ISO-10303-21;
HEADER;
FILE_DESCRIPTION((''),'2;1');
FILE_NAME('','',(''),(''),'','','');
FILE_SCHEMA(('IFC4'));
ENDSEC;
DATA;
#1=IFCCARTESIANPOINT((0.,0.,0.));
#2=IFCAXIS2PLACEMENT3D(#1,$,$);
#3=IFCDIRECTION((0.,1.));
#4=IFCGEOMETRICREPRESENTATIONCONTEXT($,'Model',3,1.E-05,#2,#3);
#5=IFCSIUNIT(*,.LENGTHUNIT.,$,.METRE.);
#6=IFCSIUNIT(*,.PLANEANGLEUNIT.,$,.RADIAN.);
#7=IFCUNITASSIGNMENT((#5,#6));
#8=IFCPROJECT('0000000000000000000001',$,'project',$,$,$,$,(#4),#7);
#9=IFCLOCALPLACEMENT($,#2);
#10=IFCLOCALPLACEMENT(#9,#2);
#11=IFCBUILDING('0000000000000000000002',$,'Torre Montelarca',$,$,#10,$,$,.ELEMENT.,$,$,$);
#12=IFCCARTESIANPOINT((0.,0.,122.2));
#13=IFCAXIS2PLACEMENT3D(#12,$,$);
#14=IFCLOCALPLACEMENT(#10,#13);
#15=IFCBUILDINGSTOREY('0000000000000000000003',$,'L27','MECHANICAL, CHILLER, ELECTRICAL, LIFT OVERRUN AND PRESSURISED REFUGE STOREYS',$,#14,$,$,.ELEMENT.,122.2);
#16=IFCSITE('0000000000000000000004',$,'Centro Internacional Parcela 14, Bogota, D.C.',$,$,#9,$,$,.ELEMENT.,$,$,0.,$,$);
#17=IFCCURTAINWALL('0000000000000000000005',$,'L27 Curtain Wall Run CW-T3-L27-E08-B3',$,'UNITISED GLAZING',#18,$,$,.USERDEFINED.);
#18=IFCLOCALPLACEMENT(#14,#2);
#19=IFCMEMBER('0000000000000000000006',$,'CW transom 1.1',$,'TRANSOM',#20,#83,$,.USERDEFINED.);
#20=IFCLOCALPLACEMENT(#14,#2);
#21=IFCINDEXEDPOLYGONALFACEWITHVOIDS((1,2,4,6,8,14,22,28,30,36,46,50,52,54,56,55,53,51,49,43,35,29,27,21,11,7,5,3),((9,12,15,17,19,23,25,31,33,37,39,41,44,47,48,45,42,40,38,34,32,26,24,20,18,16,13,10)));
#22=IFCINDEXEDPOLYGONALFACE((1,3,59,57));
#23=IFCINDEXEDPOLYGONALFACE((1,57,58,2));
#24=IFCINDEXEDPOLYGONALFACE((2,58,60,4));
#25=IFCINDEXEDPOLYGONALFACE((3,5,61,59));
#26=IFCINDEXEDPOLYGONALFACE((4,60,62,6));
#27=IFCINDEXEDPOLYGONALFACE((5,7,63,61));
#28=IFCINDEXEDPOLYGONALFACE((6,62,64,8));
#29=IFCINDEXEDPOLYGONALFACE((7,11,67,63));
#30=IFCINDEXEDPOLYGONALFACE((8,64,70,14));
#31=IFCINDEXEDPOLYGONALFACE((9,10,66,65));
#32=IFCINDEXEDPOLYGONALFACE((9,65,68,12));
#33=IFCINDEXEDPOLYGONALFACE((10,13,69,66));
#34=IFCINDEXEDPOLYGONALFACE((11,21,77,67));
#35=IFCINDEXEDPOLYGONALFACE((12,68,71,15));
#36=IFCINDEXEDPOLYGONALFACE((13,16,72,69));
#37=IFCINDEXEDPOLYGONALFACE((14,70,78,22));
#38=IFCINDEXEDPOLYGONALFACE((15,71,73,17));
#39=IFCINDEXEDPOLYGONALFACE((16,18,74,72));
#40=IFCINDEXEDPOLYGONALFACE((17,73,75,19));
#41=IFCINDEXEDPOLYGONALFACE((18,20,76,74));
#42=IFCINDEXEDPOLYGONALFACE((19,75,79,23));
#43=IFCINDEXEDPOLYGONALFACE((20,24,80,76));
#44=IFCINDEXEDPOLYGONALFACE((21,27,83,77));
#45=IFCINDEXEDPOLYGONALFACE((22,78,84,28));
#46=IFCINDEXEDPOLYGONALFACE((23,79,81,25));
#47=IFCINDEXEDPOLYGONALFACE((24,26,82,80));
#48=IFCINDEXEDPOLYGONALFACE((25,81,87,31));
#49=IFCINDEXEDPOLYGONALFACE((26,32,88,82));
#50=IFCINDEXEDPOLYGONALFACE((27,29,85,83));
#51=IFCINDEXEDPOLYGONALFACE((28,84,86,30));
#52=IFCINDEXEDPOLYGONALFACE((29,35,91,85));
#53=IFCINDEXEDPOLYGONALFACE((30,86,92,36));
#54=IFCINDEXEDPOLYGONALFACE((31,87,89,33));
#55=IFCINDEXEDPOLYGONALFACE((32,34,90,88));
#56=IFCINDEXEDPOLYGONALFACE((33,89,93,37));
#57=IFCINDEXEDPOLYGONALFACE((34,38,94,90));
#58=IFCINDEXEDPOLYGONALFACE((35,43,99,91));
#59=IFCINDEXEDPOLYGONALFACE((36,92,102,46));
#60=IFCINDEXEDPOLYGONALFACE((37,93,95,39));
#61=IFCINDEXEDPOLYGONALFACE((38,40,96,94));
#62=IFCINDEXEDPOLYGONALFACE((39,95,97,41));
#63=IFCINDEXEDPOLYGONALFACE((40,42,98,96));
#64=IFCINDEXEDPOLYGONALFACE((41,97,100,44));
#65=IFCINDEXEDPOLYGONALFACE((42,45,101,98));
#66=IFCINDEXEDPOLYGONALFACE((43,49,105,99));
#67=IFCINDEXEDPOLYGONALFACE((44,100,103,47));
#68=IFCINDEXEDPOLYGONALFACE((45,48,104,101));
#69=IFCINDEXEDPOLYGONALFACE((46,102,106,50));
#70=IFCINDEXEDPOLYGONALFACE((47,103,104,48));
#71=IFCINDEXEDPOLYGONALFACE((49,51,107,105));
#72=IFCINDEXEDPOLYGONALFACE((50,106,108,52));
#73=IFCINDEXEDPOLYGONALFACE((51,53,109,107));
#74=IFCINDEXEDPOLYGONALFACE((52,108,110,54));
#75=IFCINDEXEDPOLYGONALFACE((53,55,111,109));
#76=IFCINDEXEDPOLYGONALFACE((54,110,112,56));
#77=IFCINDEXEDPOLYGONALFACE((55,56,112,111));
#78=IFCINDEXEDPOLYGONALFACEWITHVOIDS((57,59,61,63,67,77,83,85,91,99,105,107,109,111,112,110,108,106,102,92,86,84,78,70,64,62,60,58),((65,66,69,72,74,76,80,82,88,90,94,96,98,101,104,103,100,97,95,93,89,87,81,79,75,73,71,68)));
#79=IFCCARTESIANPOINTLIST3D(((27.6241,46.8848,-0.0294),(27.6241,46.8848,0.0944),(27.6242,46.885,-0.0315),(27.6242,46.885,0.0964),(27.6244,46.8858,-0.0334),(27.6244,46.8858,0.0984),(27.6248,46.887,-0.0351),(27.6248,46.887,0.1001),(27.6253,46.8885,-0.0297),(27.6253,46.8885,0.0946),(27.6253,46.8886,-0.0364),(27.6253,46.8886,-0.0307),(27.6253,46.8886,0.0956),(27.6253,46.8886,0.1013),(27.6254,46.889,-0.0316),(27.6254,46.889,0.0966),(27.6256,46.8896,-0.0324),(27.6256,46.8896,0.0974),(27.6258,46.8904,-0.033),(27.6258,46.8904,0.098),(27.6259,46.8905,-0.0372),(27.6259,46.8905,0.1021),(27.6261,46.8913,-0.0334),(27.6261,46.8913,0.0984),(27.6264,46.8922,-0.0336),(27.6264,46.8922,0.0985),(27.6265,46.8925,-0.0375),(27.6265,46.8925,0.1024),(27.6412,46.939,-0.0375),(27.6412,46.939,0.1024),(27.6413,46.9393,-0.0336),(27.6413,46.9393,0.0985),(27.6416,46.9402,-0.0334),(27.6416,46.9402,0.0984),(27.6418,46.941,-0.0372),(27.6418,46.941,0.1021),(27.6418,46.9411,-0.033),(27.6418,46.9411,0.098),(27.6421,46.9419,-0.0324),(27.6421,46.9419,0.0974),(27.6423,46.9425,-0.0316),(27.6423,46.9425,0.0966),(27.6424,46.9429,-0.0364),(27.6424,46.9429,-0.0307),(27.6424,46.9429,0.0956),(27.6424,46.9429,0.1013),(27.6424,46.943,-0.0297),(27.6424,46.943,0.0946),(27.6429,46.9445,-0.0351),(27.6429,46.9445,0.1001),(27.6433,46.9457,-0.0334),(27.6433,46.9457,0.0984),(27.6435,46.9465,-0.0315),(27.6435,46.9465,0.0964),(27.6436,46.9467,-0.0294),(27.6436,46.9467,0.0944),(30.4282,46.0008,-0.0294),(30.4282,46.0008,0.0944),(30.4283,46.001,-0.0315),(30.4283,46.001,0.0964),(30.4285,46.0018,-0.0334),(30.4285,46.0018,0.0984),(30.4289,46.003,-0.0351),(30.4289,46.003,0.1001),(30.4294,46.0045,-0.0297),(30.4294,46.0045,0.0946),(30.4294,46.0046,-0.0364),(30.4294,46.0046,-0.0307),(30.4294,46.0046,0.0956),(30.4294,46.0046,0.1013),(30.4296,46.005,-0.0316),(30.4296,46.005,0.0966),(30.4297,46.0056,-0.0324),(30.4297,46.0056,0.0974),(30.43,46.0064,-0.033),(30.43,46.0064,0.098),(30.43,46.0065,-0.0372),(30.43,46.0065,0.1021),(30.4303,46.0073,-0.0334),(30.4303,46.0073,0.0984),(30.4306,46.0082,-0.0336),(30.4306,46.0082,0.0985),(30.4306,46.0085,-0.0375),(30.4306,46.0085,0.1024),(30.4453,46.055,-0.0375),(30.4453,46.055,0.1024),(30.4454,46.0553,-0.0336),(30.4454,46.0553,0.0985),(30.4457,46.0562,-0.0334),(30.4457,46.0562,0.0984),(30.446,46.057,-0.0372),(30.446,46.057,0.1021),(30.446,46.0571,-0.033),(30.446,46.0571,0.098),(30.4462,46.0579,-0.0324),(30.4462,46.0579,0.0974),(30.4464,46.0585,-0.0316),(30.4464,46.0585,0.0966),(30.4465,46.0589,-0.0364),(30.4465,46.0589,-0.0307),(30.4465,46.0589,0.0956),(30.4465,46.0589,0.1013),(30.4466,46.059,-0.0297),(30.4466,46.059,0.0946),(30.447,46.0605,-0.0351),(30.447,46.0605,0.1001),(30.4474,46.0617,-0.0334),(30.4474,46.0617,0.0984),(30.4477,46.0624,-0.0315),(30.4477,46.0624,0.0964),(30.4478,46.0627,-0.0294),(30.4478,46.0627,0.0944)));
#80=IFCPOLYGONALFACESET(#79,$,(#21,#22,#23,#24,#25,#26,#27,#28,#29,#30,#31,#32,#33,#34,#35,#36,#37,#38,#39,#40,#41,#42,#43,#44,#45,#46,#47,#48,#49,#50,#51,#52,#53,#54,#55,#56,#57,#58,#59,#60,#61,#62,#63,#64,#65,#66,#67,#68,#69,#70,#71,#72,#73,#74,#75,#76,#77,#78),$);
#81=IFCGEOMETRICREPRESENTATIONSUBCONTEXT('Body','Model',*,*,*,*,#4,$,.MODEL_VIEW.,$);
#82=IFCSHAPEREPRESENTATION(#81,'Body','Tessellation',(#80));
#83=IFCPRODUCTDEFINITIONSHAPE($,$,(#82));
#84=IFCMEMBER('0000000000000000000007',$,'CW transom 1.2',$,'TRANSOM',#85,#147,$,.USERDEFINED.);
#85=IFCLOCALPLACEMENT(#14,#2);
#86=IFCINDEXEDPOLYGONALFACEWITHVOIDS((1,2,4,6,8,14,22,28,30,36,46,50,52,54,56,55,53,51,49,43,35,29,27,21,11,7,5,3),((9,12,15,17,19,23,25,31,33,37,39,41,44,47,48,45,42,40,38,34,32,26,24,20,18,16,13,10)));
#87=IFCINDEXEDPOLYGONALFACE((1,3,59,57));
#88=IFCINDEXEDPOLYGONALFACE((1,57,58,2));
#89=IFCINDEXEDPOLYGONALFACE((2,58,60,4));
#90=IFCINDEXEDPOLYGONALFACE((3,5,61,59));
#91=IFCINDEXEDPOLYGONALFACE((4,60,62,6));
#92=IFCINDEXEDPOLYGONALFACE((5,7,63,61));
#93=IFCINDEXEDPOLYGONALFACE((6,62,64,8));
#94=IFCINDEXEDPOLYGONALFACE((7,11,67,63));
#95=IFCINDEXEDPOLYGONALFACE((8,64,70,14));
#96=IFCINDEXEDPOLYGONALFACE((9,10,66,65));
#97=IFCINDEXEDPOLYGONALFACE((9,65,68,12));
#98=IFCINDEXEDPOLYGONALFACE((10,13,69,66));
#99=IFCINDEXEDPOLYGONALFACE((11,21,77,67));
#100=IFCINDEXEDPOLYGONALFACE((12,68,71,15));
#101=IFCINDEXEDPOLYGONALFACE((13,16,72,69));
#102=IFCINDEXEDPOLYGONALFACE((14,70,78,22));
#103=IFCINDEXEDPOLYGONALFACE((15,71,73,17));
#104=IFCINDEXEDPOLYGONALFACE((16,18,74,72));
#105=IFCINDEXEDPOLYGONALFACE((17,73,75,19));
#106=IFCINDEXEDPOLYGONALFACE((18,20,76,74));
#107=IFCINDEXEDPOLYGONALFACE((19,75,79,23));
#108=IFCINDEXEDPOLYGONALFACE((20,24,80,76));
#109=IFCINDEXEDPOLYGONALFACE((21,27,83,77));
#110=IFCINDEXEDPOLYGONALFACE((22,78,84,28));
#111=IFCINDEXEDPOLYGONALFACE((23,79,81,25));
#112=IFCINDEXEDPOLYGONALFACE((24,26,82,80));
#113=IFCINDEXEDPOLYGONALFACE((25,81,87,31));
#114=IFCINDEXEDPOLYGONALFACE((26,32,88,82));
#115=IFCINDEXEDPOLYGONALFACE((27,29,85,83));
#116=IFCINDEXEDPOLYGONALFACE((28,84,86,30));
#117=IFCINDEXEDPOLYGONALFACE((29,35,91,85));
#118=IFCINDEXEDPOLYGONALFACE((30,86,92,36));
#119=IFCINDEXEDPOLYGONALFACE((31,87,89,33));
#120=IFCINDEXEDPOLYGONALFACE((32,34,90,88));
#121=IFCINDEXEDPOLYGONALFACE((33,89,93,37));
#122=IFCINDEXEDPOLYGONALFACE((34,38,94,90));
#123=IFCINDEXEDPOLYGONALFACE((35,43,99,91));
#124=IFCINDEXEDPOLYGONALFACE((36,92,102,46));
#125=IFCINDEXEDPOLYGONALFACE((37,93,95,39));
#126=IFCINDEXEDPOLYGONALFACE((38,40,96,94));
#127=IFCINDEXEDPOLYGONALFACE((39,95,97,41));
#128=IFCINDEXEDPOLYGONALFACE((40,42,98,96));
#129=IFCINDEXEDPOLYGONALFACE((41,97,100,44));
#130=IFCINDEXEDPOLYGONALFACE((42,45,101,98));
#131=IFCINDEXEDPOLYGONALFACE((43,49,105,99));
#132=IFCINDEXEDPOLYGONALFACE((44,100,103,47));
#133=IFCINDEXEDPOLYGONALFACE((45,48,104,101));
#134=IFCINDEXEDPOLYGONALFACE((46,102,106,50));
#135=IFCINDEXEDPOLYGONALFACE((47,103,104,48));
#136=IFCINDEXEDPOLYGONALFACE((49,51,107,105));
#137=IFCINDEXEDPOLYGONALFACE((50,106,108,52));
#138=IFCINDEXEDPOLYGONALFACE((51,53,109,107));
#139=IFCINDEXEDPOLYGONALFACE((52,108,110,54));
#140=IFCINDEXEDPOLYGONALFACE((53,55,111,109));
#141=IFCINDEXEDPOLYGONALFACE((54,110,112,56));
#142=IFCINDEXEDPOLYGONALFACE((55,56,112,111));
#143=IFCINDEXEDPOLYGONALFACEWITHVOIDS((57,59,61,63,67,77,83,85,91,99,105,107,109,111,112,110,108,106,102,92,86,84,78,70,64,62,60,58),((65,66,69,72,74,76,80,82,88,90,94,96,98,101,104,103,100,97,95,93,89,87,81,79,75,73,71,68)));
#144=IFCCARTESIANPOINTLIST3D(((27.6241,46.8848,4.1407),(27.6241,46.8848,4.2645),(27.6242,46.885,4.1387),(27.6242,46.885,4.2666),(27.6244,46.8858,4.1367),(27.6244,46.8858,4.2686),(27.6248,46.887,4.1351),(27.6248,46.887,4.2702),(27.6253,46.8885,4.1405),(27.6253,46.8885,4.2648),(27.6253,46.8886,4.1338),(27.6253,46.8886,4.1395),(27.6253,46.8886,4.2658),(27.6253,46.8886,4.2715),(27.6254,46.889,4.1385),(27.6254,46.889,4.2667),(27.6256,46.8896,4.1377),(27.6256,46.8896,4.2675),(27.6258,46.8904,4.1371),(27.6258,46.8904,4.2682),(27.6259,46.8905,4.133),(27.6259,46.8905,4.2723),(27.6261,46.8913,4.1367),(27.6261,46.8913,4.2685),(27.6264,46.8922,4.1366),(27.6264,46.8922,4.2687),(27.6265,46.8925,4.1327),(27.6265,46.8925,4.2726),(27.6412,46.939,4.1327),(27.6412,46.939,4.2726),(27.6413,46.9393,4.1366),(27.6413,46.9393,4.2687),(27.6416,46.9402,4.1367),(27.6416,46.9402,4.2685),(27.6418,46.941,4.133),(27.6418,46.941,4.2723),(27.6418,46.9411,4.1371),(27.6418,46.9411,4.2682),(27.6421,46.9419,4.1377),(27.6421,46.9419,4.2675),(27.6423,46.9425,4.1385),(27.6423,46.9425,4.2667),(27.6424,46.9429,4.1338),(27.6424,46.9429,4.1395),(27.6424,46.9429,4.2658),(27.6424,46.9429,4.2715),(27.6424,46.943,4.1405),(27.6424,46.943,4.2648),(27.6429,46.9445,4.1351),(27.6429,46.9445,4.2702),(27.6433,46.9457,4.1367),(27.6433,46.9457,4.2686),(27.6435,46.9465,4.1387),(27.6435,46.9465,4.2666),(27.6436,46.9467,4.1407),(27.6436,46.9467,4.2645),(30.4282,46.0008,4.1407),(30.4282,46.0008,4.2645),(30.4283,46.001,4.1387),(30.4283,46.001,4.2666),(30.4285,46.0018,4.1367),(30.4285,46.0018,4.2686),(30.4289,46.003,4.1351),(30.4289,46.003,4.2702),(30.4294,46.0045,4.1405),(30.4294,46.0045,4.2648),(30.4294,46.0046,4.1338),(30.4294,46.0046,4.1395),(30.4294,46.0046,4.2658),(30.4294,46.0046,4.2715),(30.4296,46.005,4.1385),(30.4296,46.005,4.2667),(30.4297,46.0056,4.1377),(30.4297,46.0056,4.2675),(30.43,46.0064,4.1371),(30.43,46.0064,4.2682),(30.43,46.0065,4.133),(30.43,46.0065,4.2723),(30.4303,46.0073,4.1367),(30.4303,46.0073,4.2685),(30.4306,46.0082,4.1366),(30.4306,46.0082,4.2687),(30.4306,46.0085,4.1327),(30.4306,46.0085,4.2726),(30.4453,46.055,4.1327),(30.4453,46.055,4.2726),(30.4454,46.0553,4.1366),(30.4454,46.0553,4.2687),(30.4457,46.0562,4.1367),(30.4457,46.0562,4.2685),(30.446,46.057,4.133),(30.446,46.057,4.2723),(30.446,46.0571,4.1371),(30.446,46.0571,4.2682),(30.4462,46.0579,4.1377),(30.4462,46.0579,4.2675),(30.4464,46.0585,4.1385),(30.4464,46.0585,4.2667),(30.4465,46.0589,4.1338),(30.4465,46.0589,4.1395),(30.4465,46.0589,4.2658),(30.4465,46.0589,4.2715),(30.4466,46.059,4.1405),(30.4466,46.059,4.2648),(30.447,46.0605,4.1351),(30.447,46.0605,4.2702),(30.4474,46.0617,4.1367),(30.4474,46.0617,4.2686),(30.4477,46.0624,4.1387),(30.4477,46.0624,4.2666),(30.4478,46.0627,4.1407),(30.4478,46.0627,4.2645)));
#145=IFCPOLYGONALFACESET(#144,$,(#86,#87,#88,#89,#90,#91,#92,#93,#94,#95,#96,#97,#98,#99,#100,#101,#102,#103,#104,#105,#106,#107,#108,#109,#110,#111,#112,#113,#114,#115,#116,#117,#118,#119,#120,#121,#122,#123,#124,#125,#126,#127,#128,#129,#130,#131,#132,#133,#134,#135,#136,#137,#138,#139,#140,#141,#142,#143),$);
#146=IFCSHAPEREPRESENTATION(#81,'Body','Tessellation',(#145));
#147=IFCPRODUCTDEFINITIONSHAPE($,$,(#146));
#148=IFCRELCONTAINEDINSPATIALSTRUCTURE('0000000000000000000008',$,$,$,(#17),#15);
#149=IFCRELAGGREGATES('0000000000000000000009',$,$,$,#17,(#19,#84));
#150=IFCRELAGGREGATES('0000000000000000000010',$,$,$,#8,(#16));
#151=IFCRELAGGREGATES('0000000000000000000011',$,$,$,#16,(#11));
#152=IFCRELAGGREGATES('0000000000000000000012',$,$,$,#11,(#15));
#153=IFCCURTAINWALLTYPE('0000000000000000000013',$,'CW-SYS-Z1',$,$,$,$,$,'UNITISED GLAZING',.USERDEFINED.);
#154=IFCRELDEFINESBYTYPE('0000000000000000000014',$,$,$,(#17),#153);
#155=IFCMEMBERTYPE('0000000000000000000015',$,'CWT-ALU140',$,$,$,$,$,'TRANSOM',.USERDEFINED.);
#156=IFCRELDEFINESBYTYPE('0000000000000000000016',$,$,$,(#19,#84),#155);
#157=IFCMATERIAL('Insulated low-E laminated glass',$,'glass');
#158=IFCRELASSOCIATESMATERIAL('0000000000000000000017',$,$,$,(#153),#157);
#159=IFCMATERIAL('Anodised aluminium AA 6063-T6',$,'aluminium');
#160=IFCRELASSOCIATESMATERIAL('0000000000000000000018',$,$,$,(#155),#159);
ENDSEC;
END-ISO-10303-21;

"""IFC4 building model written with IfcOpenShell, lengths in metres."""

from ifc_helpers import new_model, si_unit, direction, frame, origin, origin_2d, place, context, subcontext, project, spatial, hollow_rectangle, extrude, source, transform, mapped, material, material_profile, profile_set, type_object, element, aggregate, save


model = new_model("IFC4")

# Units and contexts
model_context = context("Model", 3, precision=1e-05, world=origin(), true_north=direction((0.0, 1.0)))
body_context = subcontext(model_context, "Body", "Model", "MODEL_VIEW")
ifc_project = project(units=[si_unit("LENGTHUNIT", "METRE"), si_unit("PLANEANGLEUNIT", "RADIAN")], contexts=[model_context])

# Site, building, storey
site_placement = place(None, origin())
site = spatial("IfcSite", under=ifc_project, at=site_placement, Name="Centro Internacional Parcela 14, Bogota, D.C.", CompositionType="ELEMENT", RefElevation=0.0)
building_placement = place(site_placement, origin())
building = spatial("IfcBuilding", under=site, at=building_placement, Name="Torre Montelarca", CompositionType="ELEMENT")
storey_placement = place(building_placement, frame((0.0, 0.0, 122.2)))
storey = spatial("IfcBuildingStorey", under=building, at=storey_placement, Name="L27", Description="MECHANICAL, CHILLER, ELECTRICAL, LIFT OVERRUN AND PRESSURISED REFUGE STOREYS", CompositionType="ELEMENT", Elevation=122.2)

# Curtain wall
ifc_material_1 = material(Name="Insulated low-E laminated glass", Category="glass")
curtain_wall_type = type_object("IfcCurtainWallType", Name="CW-SYS-Z1", ElementType="UNITISED GLAZING", PredefinedType="USERDEFINED", material=ifc_material_1)
ifc_material_2 = material(Name="Anodised aluminium AA 6063-T6", Category="aluminium")
curtain_wall_1_placement = place(storey_placement, origin())
curtain_wall_1 = element("IfcCurtainWall", 1, at=curtain_wall_1_placement, inside=storey, type_object=curtain_wall_type, Name="L27 Curtain Wall Run CW-T3-L27-E08-B3", ObjectType="UNITISED GLAZING", PredefinedType="USERDEFINED")

# Members
ifc_material_profile_1 = material_profile(ifc_material_2, hollow_rectangle(XDim=0.0649, YDim=0.1399, WallThickness=0.0039, InnerFilletRadius=0.0039, OuterFilletRadius=0.0081, at=origin_2d()), Name="ALU65X140X4", Category="aluminium")
ifc_profile_set_1 = profile_set([ifc_material_profile_1], Name="Anodised aluminium AA 6063-T6")
member_type_1 = type_object("IfcMemberType", Name="CWT-ALU140", ElementType="TRANSOM", PredefinedType="USERDEFINED", material=ifc_profile_set_1)
shared_shape_1 = source(origin(), body_context, "Body", "SweptSolid", [
    extrude(hollow_rectangle(XDim=0.0649, YDim=0.1399, WallThickness=0.0039, InnerFilletRadius=0.0039, OuterFilletRadius=0.0081, at=origin_2d()), origin(), (0.0, 0.0, 1.0), 2.9402),
])
member_1_placement = place(storey_placement, frame((30.438, 46.0317, 0.0325), z_axis=(-0.953729, 0.300666, 0.0), x_axis=(-0.300666, -0.953729, 0.0)))
member_1 = element("IfcMember", 2, at=member_1_placement, type_object=member_type_1, Name="CW transom 1.1", ObjectType="TRANSOM", PredefinedType="USERDEFINED", context=body_context, shape_type="MappedRepresentation", body=[
    mapped(shared_shape_1, transform((0.0, 0.0, 0.0), scale=1.0)),
])
member_2_placement = place(storey_placement, frame((30.438, 46.0317, 4.2026), z_axis=(-0.953729, 0.300666, 0.0), x_axis=(-0.300666, -0.953729, 0.0)))
member_2 = element("IfcMember", 3, at=member_2_placement, type_object=member_type_1, Name="CW transom 1.2", ObjectType="TRANSOM", PredefinedType="USERDEFINED", context=body_context, shape_type="MappedRepresentation", body=[
    mapped(shared_shape_1, transform((0.0, 0.0, 0.0), scale=1.0)),
])

aggregate(curtain_wall_1, [member_1, member_2])

save(model, "model.ifc")
